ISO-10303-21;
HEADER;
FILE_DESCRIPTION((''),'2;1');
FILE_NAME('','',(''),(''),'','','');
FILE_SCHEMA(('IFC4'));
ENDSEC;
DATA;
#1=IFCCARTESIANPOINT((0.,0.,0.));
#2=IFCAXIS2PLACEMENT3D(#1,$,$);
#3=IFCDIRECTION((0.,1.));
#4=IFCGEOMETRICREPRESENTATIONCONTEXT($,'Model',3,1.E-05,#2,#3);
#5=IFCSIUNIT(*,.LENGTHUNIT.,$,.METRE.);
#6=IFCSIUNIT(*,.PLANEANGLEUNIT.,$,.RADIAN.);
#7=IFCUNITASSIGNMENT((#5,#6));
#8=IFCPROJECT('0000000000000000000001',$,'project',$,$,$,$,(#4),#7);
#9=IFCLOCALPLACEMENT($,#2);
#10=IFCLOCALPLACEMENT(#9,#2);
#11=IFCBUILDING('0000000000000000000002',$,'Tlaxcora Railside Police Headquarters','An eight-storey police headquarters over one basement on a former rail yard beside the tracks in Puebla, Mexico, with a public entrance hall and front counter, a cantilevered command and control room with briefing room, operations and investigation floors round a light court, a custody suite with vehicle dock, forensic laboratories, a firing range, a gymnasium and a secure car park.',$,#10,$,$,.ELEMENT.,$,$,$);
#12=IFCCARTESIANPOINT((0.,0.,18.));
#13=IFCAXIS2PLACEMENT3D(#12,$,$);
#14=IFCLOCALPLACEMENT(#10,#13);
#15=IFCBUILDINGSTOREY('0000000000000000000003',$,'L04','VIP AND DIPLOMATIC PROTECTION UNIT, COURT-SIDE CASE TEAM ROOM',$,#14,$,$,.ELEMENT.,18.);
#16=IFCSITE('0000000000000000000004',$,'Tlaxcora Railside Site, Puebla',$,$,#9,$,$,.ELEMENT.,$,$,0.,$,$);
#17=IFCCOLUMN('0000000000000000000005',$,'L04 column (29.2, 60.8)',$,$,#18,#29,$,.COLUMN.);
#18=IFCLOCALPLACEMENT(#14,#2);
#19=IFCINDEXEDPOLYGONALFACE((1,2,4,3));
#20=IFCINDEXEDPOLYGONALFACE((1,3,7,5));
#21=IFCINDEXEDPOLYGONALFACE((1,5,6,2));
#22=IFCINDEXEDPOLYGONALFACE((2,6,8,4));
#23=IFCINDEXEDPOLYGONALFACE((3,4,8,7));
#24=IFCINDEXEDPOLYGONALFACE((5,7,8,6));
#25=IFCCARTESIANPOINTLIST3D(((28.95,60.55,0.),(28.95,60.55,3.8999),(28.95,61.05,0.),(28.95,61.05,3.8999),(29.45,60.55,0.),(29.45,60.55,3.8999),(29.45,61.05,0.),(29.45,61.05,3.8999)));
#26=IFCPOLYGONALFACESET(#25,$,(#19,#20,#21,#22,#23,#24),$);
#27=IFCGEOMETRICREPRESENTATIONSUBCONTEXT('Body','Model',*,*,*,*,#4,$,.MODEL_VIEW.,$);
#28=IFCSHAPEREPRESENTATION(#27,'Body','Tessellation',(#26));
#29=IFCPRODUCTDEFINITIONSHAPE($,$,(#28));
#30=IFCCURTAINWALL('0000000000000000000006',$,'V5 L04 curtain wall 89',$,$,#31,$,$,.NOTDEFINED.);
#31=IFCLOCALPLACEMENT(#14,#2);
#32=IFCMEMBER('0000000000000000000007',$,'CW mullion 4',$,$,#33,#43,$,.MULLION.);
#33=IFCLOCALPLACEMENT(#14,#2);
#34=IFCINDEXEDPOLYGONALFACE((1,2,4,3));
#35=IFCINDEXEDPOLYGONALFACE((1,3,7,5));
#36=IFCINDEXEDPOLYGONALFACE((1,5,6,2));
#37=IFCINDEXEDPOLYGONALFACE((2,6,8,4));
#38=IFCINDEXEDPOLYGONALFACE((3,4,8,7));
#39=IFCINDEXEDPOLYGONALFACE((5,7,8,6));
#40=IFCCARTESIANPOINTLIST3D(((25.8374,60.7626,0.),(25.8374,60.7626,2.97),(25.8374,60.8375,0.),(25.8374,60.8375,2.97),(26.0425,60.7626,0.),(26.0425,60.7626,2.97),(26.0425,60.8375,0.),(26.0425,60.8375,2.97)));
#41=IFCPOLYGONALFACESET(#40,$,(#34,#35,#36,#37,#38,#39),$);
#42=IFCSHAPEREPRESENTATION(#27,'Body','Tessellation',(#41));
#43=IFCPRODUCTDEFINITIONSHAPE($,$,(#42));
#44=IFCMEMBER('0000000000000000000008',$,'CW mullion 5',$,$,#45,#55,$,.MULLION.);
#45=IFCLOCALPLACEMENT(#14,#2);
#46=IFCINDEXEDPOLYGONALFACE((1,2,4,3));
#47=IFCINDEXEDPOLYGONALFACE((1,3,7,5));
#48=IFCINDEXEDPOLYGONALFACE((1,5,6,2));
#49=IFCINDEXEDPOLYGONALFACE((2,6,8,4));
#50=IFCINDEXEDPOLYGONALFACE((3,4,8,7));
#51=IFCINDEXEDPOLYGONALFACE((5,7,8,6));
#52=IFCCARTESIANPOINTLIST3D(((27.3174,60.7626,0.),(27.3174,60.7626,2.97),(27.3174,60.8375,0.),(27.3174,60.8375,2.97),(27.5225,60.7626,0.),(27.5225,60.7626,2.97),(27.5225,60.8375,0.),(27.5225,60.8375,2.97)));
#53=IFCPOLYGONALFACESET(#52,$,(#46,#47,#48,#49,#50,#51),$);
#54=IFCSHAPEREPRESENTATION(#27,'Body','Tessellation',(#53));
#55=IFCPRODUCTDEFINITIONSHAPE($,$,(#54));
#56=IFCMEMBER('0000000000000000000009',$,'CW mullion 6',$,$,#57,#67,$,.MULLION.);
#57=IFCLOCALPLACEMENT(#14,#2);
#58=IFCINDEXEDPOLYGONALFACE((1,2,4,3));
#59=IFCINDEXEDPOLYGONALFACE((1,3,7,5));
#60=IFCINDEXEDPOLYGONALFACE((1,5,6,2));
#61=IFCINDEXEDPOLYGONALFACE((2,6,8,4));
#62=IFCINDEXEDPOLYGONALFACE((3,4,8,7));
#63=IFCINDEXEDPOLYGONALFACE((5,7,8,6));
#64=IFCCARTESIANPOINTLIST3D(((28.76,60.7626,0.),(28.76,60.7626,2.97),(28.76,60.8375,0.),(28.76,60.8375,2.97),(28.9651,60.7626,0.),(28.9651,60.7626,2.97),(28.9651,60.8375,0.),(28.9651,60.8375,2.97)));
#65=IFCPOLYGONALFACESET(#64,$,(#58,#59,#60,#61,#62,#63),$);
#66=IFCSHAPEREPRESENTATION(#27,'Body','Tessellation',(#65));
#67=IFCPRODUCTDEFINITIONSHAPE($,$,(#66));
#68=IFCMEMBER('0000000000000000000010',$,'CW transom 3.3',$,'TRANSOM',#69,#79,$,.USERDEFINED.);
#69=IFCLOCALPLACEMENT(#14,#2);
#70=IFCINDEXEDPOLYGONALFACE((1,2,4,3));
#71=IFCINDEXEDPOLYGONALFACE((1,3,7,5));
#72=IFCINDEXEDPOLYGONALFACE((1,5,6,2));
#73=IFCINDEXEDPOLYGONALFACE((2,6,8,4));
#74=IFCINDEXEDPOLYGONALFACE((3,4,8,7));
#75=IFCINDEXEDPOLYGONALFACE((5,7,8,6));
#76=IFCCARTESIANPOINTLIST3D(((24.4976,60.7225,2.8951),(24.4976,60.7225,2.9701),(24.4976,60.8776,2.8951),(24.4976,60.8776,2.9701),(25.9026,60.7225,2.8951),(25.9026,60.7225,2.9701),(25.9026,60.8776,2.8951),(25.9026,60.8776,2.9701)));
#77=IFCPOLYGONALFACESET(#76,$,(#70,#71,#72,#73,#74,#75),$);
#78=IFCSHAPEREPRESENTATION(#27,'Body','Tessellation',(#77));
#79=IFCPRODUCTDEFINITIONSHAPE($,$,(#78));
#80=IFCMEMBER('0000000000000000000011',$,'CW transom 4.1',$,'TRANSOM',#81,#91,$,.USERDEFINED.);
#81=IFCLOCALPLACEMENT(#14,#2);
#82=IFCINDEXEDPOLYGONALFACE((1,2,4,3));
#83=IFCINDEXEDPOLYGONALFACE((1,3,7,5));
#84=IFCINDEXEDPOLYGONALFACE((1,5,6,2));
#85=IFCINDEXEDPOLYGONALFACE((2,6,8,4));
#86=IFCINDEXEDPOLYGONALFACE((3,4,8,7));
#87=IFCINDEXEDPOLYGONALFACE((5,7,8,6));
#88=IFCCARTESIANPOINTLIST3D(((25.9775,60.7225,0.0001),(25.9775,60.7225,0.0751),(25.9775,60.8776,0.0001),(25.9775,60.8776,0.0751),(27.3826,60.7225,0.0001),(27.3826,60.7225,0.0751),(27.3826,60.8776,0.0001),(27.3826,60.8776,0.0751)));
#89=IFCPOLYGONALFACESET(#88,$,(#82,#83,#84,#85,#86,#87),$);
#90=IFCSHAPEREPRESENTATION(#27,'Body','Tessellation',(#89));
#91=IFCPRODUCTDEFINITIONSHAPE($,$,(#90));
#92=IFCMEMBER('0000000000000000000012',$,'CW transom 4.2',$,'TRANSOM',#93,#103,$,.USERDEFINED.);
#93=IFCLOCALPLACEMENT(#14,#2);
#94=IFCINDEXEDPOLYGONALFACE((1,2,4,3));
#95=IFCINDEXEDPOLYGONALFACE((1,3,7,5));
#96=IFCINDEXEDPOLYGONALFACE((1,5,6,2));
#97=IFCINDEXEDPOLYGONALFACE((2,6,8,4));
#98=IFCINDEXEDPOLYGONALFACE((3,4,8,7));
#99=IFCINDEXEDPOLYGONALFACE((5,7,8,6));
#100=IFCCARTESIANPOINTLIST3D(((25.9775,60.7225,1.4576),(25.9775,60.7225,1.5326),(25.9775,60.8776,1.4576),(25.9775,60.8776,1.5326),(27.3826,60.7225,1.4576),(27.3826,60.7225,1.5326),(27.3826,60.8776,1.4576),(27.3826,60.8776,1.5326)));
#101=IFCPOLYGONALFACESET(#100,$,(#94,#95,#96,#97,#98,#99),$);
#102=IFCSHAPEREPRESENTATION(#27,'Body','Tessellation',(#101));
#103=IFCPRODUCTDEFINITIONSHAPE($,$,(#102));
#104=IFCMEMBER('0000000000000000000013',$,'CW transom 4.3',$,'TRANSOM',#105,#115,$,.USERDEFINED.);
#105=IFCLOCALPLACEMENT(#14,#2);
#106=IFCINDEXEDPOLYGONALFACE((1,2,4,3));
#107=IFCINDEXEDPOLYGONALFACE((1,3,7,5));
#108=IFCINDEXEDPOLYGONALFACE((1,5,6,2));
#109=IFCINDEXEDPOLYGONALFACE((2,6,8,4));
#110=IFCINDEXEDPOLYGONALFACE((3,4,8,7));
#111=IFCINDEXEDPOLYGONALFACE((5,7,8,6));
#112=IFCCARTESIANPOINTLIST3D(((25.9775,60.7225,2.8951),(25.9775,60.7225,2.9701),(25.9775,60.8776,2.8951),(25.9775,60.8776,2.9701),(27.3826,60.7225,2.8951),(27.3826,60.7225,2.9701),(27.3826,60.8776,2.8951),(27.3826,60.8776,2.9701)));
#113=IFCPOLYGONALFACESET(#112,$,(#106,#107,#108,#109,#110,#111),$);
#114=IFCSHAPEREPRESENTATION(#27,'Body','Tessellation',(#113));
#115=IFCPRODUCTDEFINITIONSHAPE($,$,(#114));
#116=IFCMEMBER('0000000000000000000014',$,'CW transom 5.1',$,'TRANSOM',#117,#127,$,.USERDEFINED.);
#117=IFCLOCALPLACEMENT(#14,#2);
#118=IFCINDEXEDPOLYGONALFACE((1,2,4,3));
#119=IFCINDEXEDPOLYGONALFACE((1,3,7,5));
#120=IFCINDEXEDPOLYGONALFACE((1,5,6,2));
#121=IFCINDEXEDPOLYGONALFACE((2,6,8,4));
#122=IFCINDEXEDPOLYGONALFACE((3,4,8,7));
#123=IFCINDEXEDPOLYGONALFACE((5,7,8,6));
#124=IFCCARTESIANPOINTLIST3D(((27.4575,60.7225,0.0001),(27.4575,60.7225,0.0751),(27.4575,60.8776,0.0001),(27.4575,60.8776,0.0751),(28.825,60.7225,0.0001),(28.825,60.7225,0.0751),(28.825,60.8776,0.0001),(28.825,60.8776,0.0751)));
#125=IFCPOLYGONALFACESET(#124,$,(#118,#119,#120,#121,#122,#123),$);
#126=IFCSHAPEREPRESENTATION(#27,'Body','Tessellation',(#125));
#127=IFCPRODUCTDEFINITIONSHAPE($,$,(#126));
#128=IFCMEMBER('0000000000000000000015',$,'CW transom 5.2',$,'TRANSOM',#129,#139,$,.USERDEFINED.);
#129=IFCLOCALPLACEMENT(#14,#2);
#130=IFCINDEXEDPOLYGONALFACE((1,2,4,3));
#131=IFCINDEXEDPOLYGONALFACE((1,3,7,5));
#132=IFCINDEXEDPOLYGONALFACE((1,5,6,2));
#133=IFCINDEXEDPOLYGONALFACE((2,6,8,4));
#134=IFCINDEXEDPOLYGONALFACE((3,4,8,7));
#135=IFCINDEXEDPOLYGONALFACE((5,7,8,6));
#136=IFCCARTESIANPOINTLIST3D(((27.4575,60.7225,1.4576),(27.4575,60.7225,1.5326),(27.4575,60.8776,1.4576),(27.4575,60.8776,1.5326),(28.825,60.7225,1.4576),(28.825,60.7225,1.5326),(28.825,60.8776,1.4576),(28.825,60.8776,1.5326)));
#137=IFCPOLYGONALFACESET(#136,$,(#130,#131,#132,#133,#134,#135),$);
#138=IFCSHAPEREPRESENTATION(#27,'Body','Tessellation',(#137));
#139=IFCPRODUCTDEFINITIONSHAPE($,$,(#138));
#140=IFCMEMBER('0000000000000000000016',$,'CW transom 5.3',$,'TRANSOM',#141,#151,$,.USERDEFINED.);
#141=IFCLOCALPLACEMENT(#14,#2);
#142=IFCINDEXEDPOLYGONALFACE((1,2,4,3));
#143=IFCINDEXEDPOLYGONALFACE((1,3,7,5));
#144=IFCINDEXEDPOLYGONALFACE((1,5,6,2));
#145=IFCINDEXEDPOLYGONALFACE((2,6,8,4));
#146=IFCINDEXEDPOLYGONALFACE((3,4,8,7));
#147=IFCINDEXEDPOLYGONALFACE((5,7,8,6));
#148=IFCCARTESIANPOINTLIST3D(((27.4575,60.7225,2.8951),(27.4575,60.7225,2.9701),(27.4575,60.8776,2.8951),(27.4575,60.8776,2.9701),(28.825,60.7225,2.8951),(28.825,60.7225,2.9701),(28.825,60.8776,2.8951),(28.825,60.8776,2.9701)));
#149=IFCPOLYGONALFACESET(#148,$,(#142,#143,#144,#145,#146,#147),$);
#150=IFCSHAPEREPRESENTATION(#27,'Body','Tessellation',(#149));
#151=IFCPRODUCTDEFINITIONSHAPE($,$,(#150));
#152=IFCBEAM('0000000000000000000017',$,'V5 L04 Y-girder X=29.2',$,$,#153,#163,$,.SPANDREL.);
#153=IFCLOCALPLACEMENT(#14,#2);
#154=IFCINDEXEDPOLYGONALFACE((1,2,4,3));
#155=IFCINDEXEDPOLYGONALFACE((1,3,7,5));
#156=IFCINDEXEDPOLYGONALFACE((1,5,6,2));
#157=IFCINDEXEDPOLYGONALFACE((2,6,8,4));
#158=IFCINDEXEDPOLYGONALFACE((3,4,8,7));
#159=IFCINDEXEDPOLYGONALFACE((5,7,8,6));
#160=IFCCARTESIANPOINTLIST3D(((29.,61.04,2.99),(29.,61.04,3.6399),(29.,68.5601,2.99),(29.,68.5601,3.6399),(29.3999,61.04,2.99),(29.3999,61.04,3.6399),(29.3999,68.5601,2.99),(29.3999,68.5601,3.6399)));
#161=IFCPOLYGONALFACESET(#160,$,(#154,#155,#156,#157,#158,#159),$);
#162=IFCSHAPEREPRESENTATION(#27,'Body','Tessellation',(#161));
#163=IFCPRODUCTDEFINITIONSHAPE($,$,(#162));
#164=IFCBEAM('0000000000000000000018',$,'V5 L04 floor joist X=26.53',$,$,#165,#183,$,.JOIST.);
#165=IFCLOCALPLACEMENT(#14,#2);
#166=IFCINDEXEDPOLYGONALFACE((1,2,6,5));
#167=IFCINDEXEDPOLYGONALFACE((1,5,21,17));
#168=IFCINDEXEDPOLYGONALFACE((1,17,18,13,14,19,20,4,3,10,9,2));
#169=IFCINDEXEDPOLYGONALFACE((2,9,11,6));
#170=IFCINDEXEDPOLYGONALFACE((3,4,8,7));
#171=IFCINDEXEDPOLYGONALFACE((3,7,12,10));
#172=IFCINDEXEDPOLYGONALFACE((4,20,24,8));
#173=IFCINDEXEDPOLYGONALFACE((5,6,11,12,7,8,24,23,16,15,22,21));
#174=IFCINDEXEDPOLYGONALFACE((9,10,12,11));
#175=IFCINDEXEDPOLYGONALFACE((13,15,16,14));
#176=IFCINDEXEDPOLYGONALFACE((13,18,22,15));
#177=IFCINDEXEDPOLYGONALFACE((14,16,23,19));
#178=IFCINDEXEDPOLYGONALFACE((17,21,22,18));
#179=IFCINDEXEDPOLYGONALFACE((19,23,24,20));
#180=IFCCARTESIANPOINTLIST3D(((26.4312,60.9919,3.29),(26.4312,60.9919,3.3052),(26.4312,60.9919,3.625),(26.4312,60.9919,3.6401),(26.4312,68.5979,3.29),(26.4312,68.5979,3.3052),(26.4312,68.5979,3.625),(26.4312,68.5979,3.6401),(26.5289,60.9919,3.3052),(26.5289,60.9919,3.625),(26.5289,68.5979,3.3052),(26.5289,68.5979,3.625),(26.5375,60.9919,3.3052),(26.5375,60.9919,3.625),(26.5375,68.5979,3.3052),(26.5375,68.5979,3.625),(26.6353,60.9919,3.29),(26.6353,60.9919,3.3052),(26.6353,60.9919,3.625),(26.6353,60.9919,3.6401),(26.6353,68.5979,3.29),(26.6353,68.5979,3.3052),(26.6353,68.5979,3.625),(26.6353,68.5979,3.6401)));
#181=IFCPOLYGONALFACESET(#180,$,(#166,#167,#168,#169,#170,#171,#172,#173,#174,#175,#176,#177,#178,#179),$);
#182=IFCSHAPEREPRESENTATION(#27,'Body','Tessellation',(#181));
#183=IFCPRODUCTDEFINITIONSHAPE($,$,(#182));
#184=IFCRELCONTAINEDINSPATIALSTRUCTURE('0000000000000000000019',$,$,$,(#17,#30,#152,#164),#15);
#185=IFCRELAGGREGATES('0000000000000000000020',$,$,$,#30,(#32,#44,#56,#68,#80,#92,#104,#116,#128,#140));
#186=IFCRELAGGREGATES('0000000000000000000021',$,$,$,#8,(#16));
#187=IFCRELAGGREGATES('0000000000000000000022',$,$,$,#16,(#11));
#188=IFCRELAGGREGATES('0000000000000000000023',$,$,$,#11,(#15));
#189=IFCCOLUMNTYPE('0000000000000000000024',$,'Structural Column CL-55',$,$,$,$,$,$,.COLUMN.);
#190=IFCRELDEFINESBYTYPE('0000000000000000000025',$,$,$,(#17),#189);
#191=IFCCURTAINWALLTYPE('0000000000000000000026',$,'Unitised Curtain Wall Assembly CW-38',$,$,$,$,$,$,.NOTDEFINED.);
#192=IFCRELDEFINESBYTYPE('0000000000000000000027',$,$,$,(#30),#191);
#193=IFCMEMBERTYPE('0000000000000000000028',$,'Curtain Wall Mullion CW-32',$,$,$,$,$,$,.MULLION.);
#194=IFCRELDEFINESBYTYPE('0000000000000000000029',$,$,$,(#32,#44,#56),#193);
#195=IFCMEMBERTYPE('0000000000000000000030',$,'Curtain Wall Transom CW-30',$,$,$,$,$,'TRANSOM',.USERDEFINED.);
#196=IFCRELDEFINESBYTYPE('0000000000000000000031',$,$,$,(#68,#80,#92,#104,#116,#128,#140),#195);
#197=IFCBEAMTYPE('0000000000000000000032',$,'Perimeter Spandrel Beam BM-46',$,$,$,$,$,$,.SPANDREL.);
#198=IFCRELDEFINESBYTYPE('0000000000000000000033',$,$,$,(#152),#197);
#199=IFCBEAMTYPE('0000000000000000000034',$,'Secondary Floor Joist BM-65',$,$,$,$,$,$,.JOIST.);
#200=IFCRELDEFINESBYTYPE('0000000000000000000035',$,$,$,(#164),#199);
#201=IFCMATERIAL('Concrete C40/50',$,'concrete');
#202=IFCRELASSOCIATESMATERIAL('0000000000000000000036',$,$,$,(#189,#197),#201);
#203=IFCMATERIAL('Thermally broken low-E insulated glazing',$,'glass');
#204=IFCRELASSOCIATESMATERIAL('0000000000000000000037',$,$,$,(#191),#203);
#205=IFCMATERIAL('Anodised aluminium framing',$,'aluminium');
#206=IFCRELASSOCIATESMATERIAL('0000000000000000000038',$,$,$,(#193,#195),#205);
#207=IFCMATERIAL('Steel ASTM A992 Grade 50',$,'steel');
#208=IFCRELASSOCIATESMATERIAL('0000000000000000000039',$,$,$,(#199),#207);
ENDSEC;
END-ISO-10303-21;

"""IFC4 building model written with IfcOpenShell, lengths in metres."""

from ifc_helpers import new_model, si_unit, direction, frame, origin, origin_2d, place, context, subcontext, project, spatial, rectangle, i_section, extrude, material, material_profile, profile_set, type_object, element, aggregate, save


model = new_model("IFC4")

# Units and contexts
model_context = context("Model", 3, precision=1e-05, world=origin(), true_north=direction((0.0, 1.0)))
body_context = subcontext(model_context, "Body", "Model", "MODEL_VIEW")
ifc_project = project(units=[si_unit("LENGTHUNIT", "METRE"), si_unit("PLANEANGLEUNIT", "RADIAN")], contexts=[model_context])

# Site, building, storey
site_placement = place(None, origin())
site = spatial("IfcSite", under=ifc_project, at=site_placement, Name="Tlaxcora Railside Site, Puebla", CompositionType="ELEMENT", RefElevation=0.0)
building_placement = place(site_placement, origin())
building = spatial("IfcBuilding", under=site, at=building_placement, Name="Tlaxcora Railside Police Headquarters", Description="An eight-storey police headquarters over one basement on a former rail yard beside the tracks in Puebla, Mexico, with a public entrance hall and front counter, a cantilevered command and control room with briefing room, operations and investigation floors round a light court, a custody suite with vehicle dock, forensic laboratories, a firing range, a gymnasium and a secure car park.", CompositionType="ELEMENT")
storey_placement = place(building_placement, frame((0.0, 0.0, 18.0)))
storey = spatial("IfcBuildingStorey", under=building, at=storey_placement, Name="L04", Description="VIP AND DIPLOMATIC PROTECTION UNIT, COURT-SIDE CASE TEAM ROOM", CompositionType="ELEMENT", Elevation=18.0)

# Column
ifc_material_1 = material(Name="Concrete C40/50", Category="concrete")
ifc_material_profile_1 = material_profile(ifc_material_1, rectangle(XDim=0.5, YDim=0.5, at=origin_2d()), Name="RC500X500")
ifc_profile_set_1 = profile_set([ifc_material_profile_1], Name="Concrete C40/50")
column_type = type_object("IfcColumnType", Name="Structural Column CL-55", PredefinedType="COLUMN", material=ifc_profile_set_1)
column_placement = place(storey_placement, frame((29.2, 60.8, 0.0), z_axis=(0.0, 0.0, 1.0), x_axis=(1.0, 0.0, 0.0)))
element("IfcColumn", 1, at=column_placement, inside=storey, type_object=column_type, Name="L04 column (29.2, 60.8)", PredefinedType="COLUMN", context=body_context, shape_type="SweptSolid", body=[
    extrude(rectangle(XDim=0.5, YDim=0.5, at=origin_2d()), origin(), (0.0, 0.0, 1.0), 3.8999),
])

# Curtain wall, members
ifc_material_2 = material(Name="Thermally broken low-E insulated glazing", Category="glass")
curtain_wall_type = type_object("IfcCurtainWallType", Name="Unitised Curtain Wall Assembly CW-38", PredefinedType="NOTDEFINED", material=ifc_material_2)
curtain_wall_placement = place(storey_placement, origin())
curtain_wall = element("IfcCurtainWall", 2, at=curtain_wall_placement, inside=storey, type_object=curtain_wall_type, Name="V5 L04 curtain wall 89", PredefinedType="NOTDEFINED")
ifc_material_3 = material(Name="Anodised aluminium framing", Category="aluminium")
ifc_material_profile_2 = material_profile(ifc_material_3, rectangle(XDim=0.075, YDim=0.2051, at=origin_2d()), Name="AL75X205")
ifc_profile_set_2 = profile_set([ifc_material_profile_2], Name="Anodised aluminium framing")
member_type_1 = type_object("IfcMemberType", Name="Curtain Wall Mullion CW-32", PredefinedType="MULLION", material=ifc_profile_set_2)
member_1_placement = place(storey_placement, frame((25.9399, 60.8, 0.0), z_axis=(0.0, 0.0, 1.0), x_axis=(0.0, 1.0, 0.0)))
member_1 = element("IfcMember", 3, at=member_1_placement, type_object=member_type_1, Name="CW mullion 4", PredefinedType="MULLION", context=body_context, shape_type="SweptSolid", body=[
    extrude(rectangle(XDim=0.075, YDim=0.2051, at=origin_2d()), origin(), (0.0, 0.0, 1.0), 2.97),
])
member_2_placement = place(storey_placement, frame((27.4199, 60.8, 0.0), z_axis=(0.0, 0.0, 1.0), x_axis=(0.0, 1.0, 0.0)))
member_2 = element("IfcMember", 4, at=member_2_placement, type_object=member_type_1, Name="CW mullion 5", PredefinedType="MULLION", context=body_context, shape_type="SweptSolid", body=[
    extrude(rectangle(XDim=0.075, YDim=0.2051, at=origin_2d()), origin(), (0.0, 0.0, 1.0), 2.97),
])
member_3_placement = place(storey_placement, frame((28.8625, 60.8, 0.0), z_axis=(0.0, 0.0, 1.0), x_axis=(0.0, 1.0, 0.0)))
member_3 = element("IfcMember", 5, at=member_3_placement, type_object=member_type_1, Name="CW mullion 6", PredefinedType="MULLION", context=body_context, shape_type="SweptSolid", body=[
    extrude(rectangle(XDim=0.075, YDim=0.2051, at=origin_2d()), origin(), (0.0, 0.0, 1.0), 2.97),
])
ifc_material_profile_3 = material_profile(ifc_material_3, rectangle(XDim=0.155, YDim=0.075, at=origin_2d()), Name="AL75X155")
ifc_profile_set_3 = profile_set([ifc_material_profile_3], Name="Anodised aluminium framing")
member_type_2 = type_object("IfcMemberType", Name="Curtain Wall Transom CW-30", ElementType="TRANSOM", PredefinedType="USERDEFINED", material=ifc_profile_set_3)
member_4_placement = place(storey_placement, frame((24.4976, 60.8, 2.9326), z_axis=(1.0, 0.0, 0.0), x_axis=(0.0, 1.0, 0.0)))
member_4 = element("IfcMember", 6, at=member_4_placement, type_object=member_type_2, Name="CW transom 3.3", ObjectType="TRANSOM", PredefinedType="USERDEFINED", context=body_context, shape_type="SweptSolid", body=[
    extrude(rectangle(XDim=0.155, YDim=0.075, at=origin_2d()), origin(), (0.0, 0.0, 1.0), 1.405),
])
member_5_placement = place(storey_placement, frame((25.9775, 60.8, 0.0376), z_axis=(1.0, 0.0, 0.0), x_axis=(0.0, 1.0, 0.0)))
member_5 = element("IfcMember", 7, at=member_5_placement, type_object=member_type_2, Name="CW transom 4.1", ObjectType="TRANSOM", PredefinedType="USERDEFINED", context=body_context, shape_type="SweptSolid", body=[
    extrude(rectangle(XDim=0.155, YDim=0.075, at=origin_2d()), origin(), (0.0, 0.0, 1.0), 1.405),
])
member_6_placement = place(storey_placement, frame((25.9775, 60.8, 1.4951), z_axis=(1.0, 0.0, 0.0), x_axis=(0.0, 1.0, 0.0)))
member_6 = element("IfcMember", 8, at=member_6_placement, type_object=member_type_2, Name="CW transom 4.2", ObjectType="TRANSOM", PredefinedType="USERDEFINED", context=body_context, shape_type="SweptSolid", body=[
    extrude(rectangle(XDim=0.155, YDim=0.075, at=origin_2d()), origin(), (0.0, 0.0, 1.0), 1.405),
])
member_7_placement = place(storey_placement, frame((25.9775, 60.8, 2.9326), z_axis=(1.0, 0.0, 0.0), x_axis=(0.0, 1.0, 0.0)))
member_7 = element("IfcMember", 9, at=member_7_placement, type_object=member_type_2, Name="CW transom 4.3", ObjectType="TRANSOM", PredefinedType="USERDEFINED", context=body_context, shape_type="SweptSolid", body=[
    extrude(rectangle(XDim=0.155, YDim=0.075, at=origin_2d()), origin(), (0.0, 0.0, 1.0), 1.405),
])
member_8_placement = place(storey_placement, frame((27.4575, 60.8, 0.0376), z_axis=(1.0, 0.0, 0.0), x_axis=(0.0, 1.0, 0.0)))
member_8 = element("IfcMember", 10, at=member_8_placement, type_object=member_type_2, Name="CW transom 5.1", ObjectType="TRANSOM", PredefinedType="USERDEFINED", context=body_context, shape_type="SweptSolid", body=[
    extrude(rectangle(XDim=0.155, YDim=0.075, at=origin_2d()), origin(), (0.0, 0.0, 1.0), 1.3674),
])
member_9_placement = place(storey_placement, frame((27.4575, 60.8, 1.4951), z_axis=(1.0, 0.0, 0.0), x_axis=(0.0, 1.0, 0.0)))
member_9 = element("IfcMember", 11, at=member_9_placement, type_object=member_type_2, Name="CW transom 5.2", ObjectType="TRANSOM", PredefinedType="USERDEFINED", context=body_context, shape_type="SweptSolid", body=[
    extrude(rectangle(XDim=0.155, YDim=0.075, at=origin_2d()), origin(), (0.0, 0.0, 1.0), 1.3674),
])
member_10_placement = place(storey_placement, frame((27.4575, 60.8, 2.9326), z_axis=(1.0, 0.0, 0.0), x_axis=(0.0, 1.0, 0.0)))
member_10 = element("IfcMember", 12, at=member_10_placement, type_object=member_type_2, Name="CW transom 5.3", ObjectType="TRANSOM", PredefinedType="USERDEFINED", context=body_context, shape_type="SweptSolid", body=[
    extrude(rectangle(XDim=0.155, YDim=0.075, at=origin_2d()), origin(), (0.0, 0.0, 1.0), 1.3674),
])

# Beams
ifc_material_profile_4 = material_profile(ifc_material_1, rectangle(XDim=0.3999, YDim=0.6499, at=origin_2d()), Name="RC400X650")
ifc_profile_set_4 = profile_set([ifc_material_profile_4], Name="Concrete C40/50")
beam_type_1 = type_object("IfcBeamType", Name="Perimeter Spandrel Beam BM-46", PredefinedType="SPANDREL", material=ifc_profile_set_4)
beam_1_placement = place(storey_placement, frame((29.2, 61.04, 3.3149), z_axis=(0.0, 1.0, 0.0), x_axis=(-1.0, 0.0, 0.0)))
element("IfcBeam", 13, at=beam_1_placement, inside=storey, type_object=beam_type_1, Name="V5 L04 Y-girder X=29.2", PredefinedType="SPANDREL", context=body_context, shape_type="SweptSolid", body=[
    extrude(rectangle(XDim=0.3999, YDim=0.6499, at=origin_2d()), origin(), (0.0, 0.0, 1.0), 7.52),
])
ifc_material_4 = material(Name="Steel ASTM A992 Grade 50", Category="steel")
ifc_material_profile_5 = material_profile(ifc_material_4, i_section(OverallWidth=0.2041, OverallDepth=0.3501, WebThickness=0.0085, FlangeThickness=0.0151, at=origin_2d()), Name="W14X48")
ifc_profile_set_5 = profile_set([ifc_material_profile_5], Name="Steel ASTM A992 Grade 50")
beam_type_2 = type_object("IfcBeamType", Name="Secondary Floor Joist BM-65", PredefinedType="JOIST", material=ifc_profile_set_5)
beam_2_placement = place(storey_placement, frame((26.5332, 60.9919, 3.4651), z_axis=(0.0, 1.0, 0.0), x_axis=(-1.0, 0.0, 0.0)))
element("IfcBeam", 14, at=beam_2_placement, inside=storey, type_object=beam_type_2, Name="V5 L04 floor joist X=26.53", PredefinedType="JOIST", context=body_context, shape_type="SweptSolid", body=[
    extrude(i_section(OverallWidth=0.2041, OverallDepth=0.3501, WebThickness=0.0085, FlangeThickness=0.0151, at=origin_2d()), origin(), (0.0, 0.0, 1.0), 7.606),
])

aggregate(curtain_wall, [member_1, member_2, member_3, member_4, member_5, member_6, member_7, member_8, member_9, member_10])

save(model, "model.ifc")
